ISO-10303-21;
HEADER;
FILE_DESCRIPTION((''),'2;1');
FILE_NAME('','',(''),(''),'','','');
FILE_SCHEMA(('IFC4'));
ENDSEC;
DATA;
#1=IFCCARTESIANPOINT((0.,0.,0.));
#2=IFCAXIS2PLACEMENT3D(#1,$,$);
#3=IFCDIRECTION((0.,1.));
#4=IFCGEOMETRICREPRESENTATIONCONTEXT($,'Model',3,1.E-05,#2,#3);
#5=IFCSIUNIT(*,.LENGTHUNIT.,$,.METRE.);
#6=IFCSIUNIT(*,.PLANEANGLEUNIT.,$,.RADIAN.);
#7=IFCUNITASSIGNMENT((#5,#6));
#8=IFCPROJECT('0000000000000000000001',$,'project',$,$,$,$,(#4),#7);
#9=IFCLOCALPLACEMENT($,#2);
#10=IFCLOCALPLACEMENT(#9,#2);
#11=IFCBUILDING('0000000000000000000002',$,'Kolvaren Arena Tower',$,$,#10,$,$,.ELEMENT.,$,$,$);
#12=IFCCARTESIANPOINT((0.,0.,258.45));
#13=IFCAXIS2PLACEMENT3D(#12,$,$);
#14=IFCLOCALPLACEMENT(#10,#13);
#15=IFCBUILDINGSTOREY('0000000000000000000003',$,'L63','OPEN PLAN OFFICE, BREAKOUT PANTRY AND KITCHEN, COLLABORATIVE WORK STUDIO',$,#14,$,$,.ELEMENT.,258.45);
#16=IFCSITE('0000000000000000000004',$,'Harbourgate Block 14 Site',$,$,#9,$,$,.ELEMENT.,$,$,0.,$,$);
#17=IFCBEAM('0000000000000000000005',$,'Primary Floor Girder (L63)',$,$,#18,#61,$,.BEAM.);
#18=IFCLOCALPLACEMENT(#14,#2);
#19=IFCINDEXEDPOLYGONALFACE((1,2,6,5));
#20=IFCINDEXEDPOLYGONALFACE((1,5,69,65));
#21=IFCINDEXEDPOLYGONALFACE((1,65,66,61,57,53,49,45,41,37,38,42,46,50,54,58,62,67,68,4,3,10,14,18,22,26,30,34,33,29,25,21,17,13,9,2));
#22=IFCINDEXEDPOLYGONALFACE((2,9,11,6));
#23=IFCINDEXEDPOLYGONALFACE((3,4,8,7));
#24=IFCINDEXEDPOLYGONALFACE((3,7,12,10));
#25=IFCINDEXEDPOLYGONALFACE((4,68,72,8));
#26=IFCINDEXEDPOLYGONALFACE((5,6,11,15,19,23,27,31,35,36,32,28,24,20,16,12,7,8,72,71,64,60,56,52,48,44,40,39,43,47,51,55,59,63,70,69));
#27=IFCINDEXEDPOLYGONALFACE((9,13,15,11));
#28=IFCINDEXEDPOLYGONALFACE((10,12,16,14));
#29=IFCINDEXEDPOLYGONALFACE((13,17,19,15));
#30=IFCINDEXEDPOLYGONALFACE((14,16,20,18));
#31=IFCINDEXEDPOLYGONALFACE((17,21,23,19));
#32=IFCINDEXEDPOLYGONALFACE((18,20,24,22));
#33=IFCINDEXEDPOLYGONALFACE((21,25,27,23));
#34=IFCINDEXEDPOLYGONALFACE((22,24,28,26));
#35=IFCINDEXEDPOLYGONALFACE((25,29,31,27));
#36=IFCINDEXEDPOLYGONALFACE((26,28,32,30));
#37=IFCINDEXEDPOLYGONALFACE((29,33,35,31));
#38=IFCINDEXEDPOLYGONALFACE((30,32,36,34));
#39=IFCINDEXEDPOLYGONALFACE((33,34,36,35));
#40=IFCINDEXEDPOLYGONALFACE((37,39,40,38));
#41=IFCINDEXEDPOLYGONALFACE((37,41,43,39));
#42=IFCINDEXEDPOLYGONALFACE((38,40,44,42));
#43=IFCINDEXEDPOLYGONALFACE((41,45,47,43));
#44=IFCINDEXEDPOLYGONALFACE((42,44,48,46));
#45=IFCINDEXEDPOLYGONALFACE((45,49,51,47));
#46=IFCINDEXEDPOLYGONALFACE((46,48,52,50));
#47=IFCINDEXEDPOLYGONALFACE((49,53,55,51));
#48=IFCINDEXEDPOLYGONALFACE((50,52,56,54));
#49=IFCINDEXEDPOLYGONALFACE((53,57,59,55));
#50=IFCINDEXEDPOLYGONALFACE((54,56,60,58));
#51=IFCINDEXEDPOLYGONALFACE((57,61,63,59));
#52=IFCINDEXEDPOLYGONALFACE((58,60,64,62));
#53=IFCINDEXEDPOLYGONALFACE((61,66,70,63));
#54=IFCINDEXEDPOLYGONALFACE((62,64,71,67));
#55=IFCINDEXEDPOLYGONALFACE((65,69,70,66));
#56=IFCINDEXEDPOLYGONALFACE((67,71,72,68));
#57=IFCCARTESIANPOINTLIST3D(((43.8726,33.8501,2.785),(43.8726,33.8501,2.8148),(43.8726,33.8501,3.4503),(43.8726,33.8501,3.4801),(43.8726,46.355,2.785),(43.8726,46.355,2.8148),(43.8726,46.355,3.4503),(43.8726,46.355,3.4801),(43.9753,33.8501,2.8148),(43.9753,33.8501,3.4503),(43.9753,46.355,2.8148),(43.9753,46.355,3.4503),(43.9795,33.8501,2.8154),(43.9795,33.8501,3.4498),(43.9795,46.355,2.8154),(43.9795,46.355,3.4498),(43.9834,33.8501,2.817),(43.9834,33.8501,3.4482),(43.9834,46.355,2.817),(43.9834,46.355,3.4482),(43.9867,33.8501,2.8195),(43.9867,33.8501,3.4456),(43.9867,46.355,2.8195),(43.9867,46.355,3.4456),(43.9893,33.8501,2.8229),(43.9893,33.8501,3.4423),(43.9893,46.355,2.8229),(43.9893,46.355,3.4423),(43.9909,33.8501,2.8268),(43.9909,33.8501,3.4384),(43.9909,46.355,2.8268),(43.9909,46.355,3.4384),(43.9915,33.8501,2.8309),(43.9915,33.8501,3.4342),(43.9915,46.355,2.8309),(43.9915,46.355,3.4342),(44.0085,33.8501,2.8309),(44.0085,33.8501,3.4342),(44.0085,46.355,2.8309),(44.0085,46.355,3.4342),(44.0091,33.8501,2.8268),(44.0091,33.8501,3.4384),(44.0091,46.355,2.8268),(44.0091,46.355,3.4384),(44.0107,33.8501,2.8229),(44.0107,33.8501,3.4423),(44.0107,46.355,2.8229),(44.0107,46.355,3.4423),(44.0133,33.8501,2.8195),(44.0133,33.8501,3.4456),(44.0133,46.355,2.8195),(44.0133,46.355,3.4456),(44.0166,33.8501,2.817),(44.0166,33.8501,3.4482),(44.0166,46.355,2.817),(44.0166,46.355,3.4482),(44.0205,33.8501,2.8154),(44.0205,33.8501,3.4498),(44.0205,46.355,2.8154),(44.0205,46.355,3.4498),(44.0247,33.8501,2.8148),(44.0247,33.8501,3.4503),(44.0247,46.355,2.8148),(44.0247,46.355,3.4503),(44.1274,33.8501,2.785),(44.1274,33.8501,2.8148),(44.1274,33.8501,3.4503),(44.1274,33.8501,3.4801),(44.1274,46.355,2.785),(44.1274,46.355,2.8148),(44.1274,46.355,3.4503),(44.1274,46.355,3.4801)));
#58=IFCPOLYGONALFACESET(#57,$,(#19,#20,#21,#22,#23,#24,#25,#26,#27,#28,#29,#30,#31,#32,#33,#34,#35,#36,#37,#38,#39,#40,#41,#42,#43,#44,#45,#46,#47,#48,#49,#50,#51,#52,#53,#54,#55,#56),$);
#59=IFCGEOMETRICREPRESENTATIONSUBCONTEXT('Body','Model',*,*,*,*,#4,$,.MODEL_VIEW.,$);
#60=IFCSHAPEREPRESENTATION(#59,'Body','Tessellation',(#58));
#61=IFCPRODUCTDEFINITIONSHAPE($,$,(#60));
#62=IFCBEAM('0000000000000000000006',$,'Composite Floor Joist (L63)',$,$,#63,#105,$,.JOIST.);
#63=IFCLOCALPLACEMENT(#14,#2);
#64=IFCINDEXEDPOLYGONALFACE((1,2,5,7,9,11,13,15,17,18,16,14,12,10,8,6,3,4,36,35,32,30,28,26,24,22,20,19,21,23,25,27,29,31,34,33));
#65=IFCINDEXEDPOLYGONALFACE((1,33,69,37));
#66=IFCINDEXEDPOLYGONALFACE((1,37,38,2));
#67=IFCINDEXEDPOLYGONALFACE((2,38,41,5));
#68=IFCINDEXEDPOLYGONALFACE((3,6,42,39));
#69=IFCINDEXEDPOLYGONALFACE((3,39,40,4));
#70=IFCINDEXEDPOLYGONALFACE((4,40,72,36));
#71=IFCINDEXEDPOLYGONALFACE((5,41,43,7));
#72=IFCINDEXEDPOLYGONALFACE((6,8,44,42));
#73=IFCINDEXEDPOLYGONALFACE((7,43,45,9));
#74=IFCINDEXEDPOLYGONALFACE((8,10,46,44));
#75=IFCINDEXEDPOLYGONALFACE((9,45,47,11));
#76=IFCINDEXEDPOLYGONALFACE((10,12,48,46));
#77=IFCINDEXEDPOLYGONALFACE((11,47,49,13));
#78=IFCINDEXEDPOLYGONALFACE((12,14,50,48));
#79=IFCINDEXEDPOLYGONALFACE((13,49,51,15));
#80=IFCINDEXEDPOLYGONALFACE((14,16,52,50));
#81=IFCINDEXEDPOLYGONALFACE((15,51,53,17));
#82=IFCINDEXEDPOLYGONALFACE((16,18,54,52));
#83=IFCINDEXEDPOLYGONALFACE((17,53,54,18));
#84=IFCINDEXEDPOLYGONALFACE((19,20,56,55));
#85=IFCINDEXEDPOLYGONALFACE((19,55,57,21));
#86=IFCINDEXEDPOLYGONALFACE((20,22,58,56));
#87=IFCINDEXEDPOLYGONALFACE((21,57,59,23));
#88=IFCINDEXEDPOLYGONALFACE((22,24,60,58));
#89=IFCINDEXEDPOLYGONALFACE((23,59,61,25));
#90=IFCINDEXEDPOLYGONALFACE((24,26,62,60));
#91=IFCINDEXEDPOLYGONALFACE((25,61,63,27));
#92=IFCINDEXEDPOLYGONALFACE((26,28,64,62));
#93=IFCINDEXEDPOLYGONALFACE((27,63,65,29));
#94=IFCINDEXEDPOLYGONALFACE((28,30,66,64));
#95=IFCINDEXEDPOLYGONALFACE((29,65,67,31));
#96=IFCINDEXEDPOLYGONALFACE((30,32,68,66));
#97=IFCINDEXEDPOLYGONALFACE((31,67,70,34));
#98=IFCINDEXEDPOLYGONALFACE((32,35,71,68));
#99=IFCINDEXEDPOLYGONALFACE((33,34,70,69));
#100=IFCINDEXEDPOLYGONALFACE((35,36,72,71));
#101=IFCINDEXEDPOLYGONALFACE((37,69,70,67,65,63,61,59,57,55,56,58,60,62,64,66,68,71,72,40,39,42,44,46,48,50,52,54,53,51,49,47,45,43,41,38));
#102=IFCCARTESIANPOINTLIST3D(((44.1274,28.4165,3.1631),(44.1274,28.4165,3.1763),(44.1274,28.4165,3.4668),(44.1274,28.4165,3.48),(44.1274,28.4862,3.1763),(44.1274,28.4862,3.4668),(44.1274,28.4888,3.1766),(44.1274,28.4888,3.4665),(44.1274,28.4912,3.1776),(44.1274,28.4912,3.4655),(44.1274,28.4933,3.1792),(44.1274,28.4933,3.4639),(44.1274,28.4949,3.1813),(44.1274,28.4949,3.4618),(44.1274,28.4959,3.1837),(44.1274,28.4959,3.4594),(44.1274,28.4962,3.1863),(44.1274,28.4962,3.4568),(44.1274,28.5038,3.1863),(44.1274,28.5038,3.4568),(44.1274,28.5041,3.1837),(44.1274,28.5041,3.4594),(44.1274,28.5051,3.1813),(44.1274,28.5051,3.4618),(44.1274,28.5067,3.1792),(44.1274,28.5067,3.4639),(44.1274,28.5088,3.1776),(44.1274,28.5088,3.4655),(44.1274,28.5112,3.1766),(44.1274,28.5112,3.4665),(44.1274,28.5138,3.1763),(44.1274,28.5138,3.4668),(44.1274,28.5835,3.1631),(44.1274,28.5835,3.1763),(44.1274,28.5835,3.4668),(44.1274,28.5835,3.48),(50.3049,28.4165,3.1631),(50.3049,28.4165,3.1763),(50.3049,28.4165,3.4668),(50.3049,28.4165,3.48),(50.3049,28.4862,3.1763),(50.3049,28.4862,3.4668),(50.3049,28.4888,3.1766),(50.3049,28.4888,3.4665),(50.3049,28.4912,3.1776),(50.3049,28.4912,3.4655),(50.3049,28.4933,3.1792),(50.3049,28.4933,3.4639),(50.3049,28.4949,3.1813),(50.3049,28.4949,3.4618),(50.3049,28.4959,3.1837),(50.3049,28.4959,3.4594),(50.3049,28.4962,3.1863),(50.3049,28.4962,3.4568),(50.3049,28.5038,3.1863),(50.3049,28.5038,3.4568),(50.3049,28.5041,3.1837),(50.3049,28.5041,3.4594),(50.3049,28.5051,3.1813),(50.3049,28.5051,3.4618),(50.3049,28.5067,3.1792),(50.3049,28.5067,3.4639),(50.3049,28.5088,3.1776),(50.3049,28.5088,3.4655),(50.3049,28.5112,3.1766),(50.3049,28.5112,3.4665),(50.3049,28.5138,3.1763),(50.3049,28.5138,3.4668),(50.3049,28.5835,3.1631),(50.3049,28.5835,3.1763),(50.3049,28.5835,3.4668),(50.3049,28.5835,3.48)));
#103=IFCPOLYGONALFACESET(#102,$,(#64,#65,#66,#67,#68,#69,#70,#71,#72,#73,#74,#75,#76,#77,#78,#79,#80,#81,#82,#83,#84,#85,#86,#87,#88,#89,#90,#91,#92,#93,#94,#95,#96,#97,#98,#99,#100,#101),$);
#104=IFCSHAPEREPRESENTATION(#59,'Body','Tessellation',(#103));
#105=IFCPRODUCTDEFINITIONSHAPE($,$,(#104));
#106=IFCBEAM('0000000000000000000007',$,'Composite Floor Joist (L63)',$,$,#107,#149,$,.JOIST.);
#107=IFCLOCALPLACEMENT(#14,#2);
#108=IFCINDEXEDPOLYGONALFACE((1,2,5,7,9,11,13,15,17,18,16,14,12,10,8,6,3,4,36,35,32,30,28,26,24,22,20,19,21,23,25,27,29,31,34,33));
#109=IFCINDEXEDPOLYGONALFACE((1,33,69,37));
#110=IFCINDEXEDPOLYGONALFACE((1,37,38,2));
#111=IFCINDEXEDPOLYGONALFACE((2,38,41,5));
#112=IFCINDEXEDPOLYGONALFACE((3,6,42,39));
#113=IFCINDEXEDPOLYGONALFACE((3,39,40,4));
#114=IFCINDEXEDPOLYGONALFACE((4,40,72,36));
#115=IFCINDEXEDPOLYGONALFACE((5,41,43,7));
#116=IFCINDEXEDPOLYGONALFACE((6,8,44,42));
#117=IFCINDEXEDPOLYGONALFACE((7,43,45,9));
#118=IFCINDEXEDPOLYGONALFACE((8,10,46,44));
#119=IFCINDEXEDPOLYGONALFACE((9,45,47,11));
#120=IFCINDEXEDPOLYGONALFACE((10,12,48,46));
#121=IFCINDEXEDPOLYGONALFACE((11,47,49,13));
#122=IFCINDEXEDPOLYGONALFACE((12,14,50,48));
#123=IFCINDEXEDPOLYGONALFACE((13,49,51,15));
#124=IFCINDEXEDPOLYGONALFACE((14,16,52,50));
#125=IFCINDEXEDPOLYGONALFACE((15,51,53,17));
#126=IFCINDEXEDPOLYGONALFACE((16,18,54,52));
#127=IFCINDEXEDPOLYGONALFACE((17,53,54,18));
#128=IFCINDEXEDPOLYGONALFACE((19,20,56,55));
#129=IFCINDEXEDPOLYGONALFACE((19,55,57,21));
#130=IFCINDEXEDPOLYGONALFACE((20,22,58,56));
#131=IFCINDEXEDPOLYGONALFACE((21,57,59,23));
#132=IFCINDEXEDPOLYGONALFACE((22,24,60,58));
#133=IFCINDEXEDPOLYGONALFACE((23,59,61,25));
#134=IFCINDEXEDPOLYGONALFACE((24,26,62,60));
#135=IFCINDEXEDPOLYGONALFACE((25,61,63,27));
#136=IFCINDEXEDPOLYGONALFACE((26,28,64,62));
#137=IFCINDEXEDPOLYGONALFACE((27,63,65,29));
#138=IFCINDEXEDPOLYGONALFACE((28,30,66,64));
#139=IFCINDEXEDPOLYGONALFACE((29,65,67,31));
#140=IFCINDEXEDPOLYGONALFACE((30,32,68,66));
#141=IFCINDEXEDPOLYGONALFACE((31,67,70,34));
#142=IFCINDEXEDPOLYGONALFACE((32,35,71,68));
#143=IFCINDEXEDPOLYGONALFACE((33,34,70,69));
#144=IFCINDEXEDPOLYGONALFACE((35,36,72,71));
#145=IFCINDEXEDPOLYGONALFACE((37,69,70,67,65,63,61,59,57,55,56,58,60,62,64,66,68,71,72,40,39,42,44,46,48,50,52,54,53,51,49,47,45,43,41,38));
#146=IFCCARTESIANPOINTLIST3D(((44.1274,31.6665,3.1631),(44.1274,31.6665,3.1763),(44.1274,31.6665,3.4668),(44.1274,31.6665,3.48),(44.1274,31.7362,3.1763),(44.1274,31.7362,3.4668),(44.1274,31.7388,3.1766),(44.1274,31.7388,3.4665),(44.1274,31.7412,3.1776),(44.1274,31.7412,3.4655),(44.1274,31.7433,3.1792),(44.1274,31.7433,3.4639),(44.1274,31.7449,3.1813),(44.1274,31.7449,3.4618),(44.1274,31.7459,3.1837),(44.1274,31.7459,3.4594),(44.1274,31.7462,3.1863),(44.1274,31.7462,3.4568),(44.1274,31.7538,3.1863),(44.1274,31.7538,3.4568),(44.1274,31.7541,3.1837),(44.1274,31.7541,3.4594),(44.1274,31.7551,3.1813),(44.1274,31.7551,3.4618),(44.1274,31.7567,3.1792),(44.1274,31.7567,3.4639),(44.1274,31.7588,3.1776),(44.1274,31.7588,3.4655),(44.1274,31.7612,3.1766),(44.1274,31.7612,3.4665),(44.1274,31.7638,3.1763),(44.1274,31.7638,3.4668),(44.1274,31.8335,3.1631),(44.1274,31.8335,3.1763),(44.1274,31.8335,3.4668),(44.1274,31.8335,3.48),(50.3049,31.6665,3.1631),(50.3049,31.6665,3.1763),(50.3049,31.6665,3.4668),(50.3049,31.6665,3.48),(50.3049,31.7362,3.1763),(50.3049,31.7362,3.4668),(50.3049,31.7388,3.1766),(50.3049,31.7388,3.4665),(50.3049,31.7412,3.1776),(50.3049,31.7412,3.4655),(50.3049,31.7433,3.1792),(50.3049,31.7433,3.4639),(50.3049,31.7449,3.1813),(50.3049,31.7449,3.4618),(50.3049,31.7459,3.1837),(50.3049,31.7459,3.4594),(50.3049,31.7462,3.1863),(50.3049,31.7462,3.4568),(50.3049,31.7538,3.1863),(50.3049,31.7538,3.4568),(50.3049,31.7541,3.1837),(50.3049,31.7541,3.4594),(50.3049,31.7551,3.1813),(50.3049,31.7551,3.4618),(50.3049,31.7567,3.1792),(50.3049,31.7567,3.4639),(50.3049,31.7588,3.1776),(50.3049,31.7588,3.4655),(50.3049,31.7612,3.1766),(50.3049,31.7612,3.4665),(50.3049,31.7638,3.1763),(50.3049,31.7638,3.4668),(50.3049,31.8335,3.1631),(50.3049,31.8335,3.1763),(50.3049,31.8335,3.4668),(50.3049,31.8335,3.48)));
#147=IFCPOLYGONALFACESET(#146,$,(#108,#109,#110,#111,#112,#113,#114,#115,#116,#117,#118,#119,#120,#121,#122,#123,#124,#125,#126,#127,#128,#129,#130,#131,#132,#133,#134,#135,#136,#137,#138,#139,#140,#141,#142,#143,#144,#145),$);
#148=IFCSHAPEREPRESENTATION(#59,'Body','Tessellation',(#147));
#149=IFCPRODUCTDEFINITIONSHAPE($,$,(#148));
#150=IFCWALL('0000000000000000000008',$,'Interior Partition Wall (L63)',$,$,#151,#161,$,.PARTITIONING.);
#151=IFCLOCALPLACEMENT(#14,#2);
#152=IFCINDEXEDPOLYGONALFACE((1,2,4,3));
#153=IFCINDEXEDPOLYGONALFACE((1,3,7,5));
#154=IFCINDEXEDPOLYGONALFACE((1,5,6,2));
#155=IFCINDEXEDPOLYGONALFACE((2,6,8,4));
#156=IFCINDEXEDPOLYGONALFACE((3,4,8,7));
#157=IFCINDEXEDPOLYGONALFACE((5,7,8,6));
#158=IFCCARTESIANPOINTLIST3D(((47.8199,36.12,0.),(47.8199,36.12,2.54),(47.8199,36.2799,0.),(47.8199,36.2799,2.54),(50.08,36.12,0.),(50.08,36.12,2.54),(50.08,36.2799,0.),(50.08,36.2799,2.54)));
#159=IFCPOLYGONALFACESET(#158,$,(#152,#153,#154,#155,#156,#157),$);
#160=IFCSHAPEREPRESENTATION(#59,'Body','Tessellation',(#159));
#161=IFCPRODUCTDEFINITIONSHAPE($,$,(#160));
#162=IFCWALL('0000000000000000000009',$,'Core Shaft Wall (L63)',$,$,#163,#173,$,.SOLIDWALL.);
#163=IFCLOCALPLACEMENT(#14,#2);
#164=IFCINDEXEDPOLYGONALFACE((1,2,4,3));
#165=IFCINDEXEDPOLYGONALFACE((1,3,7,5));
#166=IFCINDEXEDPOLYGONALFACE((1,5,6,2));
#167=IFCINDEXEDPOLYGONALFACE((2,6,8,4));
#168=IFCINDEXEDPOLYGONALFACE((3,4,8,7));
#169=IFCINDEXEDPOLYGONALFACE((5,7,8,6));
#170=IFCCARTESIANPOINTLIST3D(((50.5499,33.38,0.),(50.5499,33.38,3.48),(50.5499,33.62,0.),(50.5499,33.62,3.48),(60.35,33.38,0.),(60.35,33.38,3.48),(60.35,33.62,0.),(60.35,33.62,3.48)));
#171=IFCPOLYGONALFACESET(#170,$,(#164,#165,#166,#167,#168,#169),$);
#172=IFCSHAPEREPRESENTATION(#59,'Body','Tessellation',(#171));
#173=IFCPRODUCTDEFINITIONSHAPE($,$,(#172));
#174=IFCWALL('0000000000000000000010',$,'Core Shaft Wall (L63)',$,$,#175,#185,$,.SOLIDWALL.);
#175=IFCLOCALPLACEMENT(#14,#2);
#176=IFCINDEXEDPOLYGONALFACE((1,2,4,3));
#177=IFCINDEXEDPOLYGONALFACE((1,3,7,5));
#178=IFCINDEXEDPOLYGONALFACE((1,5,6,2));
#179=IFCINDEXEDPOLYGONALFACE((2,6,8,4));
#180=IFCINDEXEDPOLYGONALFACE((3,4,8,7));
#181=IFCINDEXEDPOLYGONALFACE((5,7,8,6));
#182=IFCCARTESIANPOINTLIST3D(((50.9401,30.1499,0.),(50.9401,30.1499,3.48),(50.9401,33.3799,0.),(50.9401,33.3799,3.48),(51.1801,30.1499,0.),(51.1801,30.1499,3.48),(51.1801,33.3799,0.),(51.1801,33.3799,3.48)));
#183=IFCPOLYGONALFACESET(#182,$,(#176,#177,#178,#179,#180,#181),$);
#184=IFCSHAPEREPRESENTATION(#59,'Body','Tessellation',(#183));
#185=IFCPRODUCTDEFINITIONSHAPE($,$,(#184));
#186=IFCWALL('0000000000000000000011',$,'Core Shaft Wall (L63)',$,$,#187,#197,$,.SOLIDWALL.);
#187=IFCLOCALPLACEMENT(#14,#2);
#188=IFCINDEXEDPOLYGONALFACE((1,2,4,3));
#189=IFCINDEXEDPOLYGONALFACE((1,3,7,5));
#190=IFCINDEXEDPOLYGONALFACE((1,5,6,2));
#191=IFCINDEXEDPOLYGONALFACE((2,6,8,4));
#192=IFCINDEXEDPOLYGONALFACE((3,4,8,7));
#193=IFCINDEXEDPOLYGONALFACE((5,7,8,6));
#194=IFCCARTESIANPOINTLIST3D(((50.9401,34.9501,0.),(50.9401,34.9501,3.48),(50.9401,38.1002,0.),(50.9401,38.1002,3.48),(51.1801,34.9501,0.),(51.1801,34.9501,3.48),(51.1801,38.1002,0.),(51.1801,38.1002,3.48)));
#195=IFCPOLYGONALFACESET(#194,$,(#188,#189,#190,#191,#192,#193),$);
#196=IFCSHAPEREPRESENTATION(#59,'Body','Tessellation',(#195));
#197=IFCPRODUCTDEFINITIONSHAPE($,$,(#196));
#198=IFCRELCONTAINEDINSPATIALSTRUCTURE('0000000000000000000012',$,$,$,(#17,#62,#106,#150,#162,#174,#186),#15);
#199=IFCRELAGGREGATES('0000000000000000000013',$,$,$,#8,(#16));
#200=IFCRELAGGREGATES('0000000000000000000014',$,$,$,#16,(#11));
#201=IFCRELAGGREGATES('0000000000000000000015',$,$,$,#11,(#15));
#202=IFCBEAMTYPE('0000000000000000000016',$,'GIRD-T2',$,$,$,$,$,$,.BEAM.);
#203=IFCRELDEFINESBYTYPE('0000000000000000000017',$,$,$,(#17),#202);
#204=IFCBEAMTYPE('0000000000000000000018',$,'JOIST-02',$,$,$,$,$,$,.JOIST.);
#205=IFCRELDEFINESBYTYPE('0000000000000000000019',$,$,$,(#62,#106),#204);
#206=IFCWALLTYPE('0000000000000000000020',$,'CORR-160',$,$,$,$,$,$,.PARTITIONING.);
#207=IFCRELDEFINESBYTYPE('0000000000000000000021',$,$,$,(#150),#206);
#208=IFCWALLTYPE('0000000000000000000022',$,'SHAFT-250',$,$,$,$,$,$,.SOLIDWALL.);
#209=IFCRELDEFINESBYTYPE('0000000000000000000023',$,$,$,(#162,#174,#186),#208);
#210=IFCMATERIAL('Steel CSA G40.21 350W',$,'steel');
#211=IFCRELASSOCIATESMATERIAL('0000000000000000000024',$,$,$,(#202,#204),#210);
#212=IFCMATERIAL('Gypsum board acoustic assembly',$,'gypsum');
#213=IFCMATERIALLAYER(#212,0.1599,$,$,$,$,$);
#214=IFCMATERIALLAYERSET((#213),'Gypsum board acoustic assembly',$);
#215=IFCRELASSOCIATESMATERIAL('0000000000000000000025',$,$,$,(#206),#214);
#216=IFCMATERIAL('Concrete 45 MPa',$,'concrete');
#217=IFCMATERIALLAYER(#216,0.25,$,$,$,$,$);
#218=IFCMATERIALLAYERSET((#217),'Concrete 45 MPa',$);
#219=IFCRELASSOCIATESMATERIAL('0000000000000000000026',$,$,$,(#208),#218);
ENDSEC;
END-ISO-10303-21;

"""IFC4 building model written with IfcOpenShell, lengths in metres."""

from ifc_helpers import new_model, si_unit, direction, frame, frame_2d, origin, origin_2d, place, context, subcontext, project, spatial, rectangle, i_section, extrude, material, layer, layer_set, material_profile, profile_set, type_object, element, save


model = new_model("IFC4")

# Units and contexts
model_context = context("Model", 3, precision=1e-05, world=origin(), true_north=direction((0.0, 1.0)))
body_context = subcontext(model_context, "Body", "Model", "MODEL_VIEW")
ifc_project = project(units=[si_unit("LENGTHUNIT", "METRE"), si_unit("PLANEANGLEUNIT", "RADIAN")], contexts=[model_context])

# Site, building, storey
site_placement = place(None, origin())
site = spatial("IfcSite", under=ifc_project, at=site_placement, Name="Harbourgate Block 14 Site", CompositionType="ELEMENT", RefElevation=0.0)
building_placement = place(site_placement, origin())
building = spatial("IfcBuilding", under=site, at=building_placement, Name="Kolvaren Arena Tower", CompositionType="ELEMENT")
storey_placement = place(building_placement, frame((0.0, 0.0, 258.45)))
storey = spatial("IfcBuildingStorey", under=building, at=storey_placement, Name="L63", Description="OPEN PLAN OFFICE, BREAKOUT PANTRY AND KITCHEN, COLLABORATIVE WORK STUDIO", CompositionType="ELEMENT", Elevation=258.45)

# Beams
ifc_material_1 = material(Name="Steel CSA G40.21 350W", Category="steel")
ifc_material_profile_1 = material_profile(ifc_material_1, i_section(OverallWidth=0.2549, OverallDepth=0.6951, WebThickness=0.0171, FlangeThickness=0.0298, FilletRadius=0.0161, at=origin_2d()), Name="W690x217")
ifc_profile_set_1 = profile_set([ifc_material_profile_1], Name="Steel CSA G40.21 350W")
beam_type_1 = type_object("IfcBeamType", Name="GIRD-T2", PredefinedType="BEAM", material=ifc_profile_set_1)
beam_1_placement = place(storey_placement, frame((44.0, 33.8501, 3.1326), z_axis=(0.0, 1.0, 0.0), x_axis=(-1.0, 0.0, 0.0)))
element("IfcBeam", 1, at=beam_1_placement, inside=storey, type_object=beam_type_1, Name="Primary Floor Girder (L63)", PredefinedType="BEAM", context=body_context, shape_type="SweptSolid", body=[
    extrude(i_section(OverallWidth=0.2549, OverallDepth=0.6951, WebThickness=0.0171, FlangeThickness=0.0298, FilletRadius=0.0161, at=origin_2d()), origin(), (0.0, 0.0, 1.0), 12.5049),
])
ifc_material_profile_2 = material_profile(ifc_material_1, i_section(OverallWidth=0.167, OverallDepth=0.3169, WebThickness=0.0076, FlangeThickness=0.0132, FilletRadius=0.01, at=origin_2d()), Name="W310x52")
ifc_profile_set_2 = profile_set([ifc_material_profile_2], Name="Steel CSA G40.21 350W")
beam_type_2 = type_object("IfcBeamType", Name="JOIST-02", PredefinedType="JOIST", material=ifc_profile_set_2)
for number, where, z_axis, x_axis, name in (
    (2, (44.1274, 28.5, 3.3215), (1.0, 0.0, 0.0), (0.0, 1.0, 0.0), "Composite Floor Joist (L63)"),
    (3, (44.1274, 31.75, 3.3215), (1.0, 0.0, 0.0), (0.0, 1.0, 0.0), "Composite Floor Joist (L63)"),
):
    element("IfcBeam", number, at=place(storey_placement, frame(where, z_axis=z_axis, x_axis=x_axis)), inside=storey, type_object=beam_type_2, Name=name, PredefinedType="JOIST", context=body_context, shape_type="SweptSolid", body=[
        extrude(i_section(OverallWidth=0.167, OverallDepth=0.3169, WebThickness=0.0076, FlangeThickness=0.0132, FilletRadius=0.01, at=origin_2d()), origin(), (0.0, 0.0, 1.0), 6.1775),
    ])

# Walls
ifc_material_2 = material(Name="Gypsum board acoustic assembly", Category="gypsum")
ifc_layer_1 = layer(ifc_material_2, 0.1599)
ifc_layer_set_1 = layer_set([ifc_layer_1], Name="Gypsum board acoustic assembly")
wall_type_1 = type_object("IfcWallType", Name="CORR-160", PredefinedType="PARTITIONING", material=ifc_layer_set_1)
wall_1_placement = place(storey_placement, frame((47.8201, 36.2, 0.0), z_axis=(0.0, 0.0, 1.0), x_axis=(1.0, 0.0, 0.0)))
element("IfcWall", 4, at=wall_1_placement, inside=storey, type_object=wall_type_1, Name="Interior Partition Wall (L63)", PredefinedType="PARTITIONING", context=body_context, shape_type="SweptSolid", body=[
    extrude(rectangle(XDim=2.26, YDim=0.1599, at=frame_2d((1.1299, 0.0))), origin(), (0.0, 0.0, 1.0), 2.54),
])
ifc_material_3 = material(Name="Concrete 45 MPa", Category="concrete")
ifc_layer_2 = layer(ifc_material_3, 0.25)
ifc_layer_set_2 = layer_set([ifc_layer_2], Name="Concrete 45 MPa")
wall_type_2 = type_object("IfcWallType", Name="SHAFT-250", PredefinedType="SOLIDWALL", material=ifc_layer_set_2)
wall_2_placement = place(storey_placement, frame((50.55, 33.5, 0.0), z_axis=(0.0, 0.0, 1.0), x_axis=(1.0, 0.0, 0.0)))
element("IfcWall", 5, at=wall_2_placement, inside=storey, type_object=wall_type_2, Name="Core Shaft Wall (L63)", PredefinedType="SOLIDWALL", context=body_context, shape_type="SweptSolid", body=[
    extrude(rectangle(XDim=9.8, YDim=0.24, at=frame_2d((4.8999, 0.0))), origin(), (0.0, 0.0, 1.0), 3.48),
])
wall_3_placement = place(storey_placement, frame((51.0601, 30.1499, 0.0), z_axis=(0.0, 0.0, 1.0), x_axis=(0.0, 1.0, 0.0)))
element("IfcWall", 6, at=wall_3_placement, inside=storey, type_object=wall_type_2, Name="Core Shaft Wall (L63)", PredefinedType="SOLIDWALL", context=body_context, shape_type="SweptSolid", body=[
    extrude(rectangle(XDim=3.23, YDim=0.24, at=frame_2d((1.615, 0.0))), origin(), (0.0, 0.0, 1.0), 3.48),
])
wall_4_placement = place(storey_placement, frame((51.0601, 34.95, 0.0), z_axis=(0.0, 0.0, 1.0), x_axis=(0.0, 1.0, 0.0)))
element("IfcWall", 7, at=wall_4_placement, inside=storey, type_object=wall_type_2, Name="Core Shaft Wall (L63)", PredefinedType="SOLIDWALL", context=body_context, shape_type="SweptSolid", body=[
    extrude(rectangle(XDim=3.1501, YDim=0.24, at=frame_2d((1.5752, 0.0))), origin(), (0.0, 0.0, 1.0), 3.48),
])

save(model, "model.ifc")
